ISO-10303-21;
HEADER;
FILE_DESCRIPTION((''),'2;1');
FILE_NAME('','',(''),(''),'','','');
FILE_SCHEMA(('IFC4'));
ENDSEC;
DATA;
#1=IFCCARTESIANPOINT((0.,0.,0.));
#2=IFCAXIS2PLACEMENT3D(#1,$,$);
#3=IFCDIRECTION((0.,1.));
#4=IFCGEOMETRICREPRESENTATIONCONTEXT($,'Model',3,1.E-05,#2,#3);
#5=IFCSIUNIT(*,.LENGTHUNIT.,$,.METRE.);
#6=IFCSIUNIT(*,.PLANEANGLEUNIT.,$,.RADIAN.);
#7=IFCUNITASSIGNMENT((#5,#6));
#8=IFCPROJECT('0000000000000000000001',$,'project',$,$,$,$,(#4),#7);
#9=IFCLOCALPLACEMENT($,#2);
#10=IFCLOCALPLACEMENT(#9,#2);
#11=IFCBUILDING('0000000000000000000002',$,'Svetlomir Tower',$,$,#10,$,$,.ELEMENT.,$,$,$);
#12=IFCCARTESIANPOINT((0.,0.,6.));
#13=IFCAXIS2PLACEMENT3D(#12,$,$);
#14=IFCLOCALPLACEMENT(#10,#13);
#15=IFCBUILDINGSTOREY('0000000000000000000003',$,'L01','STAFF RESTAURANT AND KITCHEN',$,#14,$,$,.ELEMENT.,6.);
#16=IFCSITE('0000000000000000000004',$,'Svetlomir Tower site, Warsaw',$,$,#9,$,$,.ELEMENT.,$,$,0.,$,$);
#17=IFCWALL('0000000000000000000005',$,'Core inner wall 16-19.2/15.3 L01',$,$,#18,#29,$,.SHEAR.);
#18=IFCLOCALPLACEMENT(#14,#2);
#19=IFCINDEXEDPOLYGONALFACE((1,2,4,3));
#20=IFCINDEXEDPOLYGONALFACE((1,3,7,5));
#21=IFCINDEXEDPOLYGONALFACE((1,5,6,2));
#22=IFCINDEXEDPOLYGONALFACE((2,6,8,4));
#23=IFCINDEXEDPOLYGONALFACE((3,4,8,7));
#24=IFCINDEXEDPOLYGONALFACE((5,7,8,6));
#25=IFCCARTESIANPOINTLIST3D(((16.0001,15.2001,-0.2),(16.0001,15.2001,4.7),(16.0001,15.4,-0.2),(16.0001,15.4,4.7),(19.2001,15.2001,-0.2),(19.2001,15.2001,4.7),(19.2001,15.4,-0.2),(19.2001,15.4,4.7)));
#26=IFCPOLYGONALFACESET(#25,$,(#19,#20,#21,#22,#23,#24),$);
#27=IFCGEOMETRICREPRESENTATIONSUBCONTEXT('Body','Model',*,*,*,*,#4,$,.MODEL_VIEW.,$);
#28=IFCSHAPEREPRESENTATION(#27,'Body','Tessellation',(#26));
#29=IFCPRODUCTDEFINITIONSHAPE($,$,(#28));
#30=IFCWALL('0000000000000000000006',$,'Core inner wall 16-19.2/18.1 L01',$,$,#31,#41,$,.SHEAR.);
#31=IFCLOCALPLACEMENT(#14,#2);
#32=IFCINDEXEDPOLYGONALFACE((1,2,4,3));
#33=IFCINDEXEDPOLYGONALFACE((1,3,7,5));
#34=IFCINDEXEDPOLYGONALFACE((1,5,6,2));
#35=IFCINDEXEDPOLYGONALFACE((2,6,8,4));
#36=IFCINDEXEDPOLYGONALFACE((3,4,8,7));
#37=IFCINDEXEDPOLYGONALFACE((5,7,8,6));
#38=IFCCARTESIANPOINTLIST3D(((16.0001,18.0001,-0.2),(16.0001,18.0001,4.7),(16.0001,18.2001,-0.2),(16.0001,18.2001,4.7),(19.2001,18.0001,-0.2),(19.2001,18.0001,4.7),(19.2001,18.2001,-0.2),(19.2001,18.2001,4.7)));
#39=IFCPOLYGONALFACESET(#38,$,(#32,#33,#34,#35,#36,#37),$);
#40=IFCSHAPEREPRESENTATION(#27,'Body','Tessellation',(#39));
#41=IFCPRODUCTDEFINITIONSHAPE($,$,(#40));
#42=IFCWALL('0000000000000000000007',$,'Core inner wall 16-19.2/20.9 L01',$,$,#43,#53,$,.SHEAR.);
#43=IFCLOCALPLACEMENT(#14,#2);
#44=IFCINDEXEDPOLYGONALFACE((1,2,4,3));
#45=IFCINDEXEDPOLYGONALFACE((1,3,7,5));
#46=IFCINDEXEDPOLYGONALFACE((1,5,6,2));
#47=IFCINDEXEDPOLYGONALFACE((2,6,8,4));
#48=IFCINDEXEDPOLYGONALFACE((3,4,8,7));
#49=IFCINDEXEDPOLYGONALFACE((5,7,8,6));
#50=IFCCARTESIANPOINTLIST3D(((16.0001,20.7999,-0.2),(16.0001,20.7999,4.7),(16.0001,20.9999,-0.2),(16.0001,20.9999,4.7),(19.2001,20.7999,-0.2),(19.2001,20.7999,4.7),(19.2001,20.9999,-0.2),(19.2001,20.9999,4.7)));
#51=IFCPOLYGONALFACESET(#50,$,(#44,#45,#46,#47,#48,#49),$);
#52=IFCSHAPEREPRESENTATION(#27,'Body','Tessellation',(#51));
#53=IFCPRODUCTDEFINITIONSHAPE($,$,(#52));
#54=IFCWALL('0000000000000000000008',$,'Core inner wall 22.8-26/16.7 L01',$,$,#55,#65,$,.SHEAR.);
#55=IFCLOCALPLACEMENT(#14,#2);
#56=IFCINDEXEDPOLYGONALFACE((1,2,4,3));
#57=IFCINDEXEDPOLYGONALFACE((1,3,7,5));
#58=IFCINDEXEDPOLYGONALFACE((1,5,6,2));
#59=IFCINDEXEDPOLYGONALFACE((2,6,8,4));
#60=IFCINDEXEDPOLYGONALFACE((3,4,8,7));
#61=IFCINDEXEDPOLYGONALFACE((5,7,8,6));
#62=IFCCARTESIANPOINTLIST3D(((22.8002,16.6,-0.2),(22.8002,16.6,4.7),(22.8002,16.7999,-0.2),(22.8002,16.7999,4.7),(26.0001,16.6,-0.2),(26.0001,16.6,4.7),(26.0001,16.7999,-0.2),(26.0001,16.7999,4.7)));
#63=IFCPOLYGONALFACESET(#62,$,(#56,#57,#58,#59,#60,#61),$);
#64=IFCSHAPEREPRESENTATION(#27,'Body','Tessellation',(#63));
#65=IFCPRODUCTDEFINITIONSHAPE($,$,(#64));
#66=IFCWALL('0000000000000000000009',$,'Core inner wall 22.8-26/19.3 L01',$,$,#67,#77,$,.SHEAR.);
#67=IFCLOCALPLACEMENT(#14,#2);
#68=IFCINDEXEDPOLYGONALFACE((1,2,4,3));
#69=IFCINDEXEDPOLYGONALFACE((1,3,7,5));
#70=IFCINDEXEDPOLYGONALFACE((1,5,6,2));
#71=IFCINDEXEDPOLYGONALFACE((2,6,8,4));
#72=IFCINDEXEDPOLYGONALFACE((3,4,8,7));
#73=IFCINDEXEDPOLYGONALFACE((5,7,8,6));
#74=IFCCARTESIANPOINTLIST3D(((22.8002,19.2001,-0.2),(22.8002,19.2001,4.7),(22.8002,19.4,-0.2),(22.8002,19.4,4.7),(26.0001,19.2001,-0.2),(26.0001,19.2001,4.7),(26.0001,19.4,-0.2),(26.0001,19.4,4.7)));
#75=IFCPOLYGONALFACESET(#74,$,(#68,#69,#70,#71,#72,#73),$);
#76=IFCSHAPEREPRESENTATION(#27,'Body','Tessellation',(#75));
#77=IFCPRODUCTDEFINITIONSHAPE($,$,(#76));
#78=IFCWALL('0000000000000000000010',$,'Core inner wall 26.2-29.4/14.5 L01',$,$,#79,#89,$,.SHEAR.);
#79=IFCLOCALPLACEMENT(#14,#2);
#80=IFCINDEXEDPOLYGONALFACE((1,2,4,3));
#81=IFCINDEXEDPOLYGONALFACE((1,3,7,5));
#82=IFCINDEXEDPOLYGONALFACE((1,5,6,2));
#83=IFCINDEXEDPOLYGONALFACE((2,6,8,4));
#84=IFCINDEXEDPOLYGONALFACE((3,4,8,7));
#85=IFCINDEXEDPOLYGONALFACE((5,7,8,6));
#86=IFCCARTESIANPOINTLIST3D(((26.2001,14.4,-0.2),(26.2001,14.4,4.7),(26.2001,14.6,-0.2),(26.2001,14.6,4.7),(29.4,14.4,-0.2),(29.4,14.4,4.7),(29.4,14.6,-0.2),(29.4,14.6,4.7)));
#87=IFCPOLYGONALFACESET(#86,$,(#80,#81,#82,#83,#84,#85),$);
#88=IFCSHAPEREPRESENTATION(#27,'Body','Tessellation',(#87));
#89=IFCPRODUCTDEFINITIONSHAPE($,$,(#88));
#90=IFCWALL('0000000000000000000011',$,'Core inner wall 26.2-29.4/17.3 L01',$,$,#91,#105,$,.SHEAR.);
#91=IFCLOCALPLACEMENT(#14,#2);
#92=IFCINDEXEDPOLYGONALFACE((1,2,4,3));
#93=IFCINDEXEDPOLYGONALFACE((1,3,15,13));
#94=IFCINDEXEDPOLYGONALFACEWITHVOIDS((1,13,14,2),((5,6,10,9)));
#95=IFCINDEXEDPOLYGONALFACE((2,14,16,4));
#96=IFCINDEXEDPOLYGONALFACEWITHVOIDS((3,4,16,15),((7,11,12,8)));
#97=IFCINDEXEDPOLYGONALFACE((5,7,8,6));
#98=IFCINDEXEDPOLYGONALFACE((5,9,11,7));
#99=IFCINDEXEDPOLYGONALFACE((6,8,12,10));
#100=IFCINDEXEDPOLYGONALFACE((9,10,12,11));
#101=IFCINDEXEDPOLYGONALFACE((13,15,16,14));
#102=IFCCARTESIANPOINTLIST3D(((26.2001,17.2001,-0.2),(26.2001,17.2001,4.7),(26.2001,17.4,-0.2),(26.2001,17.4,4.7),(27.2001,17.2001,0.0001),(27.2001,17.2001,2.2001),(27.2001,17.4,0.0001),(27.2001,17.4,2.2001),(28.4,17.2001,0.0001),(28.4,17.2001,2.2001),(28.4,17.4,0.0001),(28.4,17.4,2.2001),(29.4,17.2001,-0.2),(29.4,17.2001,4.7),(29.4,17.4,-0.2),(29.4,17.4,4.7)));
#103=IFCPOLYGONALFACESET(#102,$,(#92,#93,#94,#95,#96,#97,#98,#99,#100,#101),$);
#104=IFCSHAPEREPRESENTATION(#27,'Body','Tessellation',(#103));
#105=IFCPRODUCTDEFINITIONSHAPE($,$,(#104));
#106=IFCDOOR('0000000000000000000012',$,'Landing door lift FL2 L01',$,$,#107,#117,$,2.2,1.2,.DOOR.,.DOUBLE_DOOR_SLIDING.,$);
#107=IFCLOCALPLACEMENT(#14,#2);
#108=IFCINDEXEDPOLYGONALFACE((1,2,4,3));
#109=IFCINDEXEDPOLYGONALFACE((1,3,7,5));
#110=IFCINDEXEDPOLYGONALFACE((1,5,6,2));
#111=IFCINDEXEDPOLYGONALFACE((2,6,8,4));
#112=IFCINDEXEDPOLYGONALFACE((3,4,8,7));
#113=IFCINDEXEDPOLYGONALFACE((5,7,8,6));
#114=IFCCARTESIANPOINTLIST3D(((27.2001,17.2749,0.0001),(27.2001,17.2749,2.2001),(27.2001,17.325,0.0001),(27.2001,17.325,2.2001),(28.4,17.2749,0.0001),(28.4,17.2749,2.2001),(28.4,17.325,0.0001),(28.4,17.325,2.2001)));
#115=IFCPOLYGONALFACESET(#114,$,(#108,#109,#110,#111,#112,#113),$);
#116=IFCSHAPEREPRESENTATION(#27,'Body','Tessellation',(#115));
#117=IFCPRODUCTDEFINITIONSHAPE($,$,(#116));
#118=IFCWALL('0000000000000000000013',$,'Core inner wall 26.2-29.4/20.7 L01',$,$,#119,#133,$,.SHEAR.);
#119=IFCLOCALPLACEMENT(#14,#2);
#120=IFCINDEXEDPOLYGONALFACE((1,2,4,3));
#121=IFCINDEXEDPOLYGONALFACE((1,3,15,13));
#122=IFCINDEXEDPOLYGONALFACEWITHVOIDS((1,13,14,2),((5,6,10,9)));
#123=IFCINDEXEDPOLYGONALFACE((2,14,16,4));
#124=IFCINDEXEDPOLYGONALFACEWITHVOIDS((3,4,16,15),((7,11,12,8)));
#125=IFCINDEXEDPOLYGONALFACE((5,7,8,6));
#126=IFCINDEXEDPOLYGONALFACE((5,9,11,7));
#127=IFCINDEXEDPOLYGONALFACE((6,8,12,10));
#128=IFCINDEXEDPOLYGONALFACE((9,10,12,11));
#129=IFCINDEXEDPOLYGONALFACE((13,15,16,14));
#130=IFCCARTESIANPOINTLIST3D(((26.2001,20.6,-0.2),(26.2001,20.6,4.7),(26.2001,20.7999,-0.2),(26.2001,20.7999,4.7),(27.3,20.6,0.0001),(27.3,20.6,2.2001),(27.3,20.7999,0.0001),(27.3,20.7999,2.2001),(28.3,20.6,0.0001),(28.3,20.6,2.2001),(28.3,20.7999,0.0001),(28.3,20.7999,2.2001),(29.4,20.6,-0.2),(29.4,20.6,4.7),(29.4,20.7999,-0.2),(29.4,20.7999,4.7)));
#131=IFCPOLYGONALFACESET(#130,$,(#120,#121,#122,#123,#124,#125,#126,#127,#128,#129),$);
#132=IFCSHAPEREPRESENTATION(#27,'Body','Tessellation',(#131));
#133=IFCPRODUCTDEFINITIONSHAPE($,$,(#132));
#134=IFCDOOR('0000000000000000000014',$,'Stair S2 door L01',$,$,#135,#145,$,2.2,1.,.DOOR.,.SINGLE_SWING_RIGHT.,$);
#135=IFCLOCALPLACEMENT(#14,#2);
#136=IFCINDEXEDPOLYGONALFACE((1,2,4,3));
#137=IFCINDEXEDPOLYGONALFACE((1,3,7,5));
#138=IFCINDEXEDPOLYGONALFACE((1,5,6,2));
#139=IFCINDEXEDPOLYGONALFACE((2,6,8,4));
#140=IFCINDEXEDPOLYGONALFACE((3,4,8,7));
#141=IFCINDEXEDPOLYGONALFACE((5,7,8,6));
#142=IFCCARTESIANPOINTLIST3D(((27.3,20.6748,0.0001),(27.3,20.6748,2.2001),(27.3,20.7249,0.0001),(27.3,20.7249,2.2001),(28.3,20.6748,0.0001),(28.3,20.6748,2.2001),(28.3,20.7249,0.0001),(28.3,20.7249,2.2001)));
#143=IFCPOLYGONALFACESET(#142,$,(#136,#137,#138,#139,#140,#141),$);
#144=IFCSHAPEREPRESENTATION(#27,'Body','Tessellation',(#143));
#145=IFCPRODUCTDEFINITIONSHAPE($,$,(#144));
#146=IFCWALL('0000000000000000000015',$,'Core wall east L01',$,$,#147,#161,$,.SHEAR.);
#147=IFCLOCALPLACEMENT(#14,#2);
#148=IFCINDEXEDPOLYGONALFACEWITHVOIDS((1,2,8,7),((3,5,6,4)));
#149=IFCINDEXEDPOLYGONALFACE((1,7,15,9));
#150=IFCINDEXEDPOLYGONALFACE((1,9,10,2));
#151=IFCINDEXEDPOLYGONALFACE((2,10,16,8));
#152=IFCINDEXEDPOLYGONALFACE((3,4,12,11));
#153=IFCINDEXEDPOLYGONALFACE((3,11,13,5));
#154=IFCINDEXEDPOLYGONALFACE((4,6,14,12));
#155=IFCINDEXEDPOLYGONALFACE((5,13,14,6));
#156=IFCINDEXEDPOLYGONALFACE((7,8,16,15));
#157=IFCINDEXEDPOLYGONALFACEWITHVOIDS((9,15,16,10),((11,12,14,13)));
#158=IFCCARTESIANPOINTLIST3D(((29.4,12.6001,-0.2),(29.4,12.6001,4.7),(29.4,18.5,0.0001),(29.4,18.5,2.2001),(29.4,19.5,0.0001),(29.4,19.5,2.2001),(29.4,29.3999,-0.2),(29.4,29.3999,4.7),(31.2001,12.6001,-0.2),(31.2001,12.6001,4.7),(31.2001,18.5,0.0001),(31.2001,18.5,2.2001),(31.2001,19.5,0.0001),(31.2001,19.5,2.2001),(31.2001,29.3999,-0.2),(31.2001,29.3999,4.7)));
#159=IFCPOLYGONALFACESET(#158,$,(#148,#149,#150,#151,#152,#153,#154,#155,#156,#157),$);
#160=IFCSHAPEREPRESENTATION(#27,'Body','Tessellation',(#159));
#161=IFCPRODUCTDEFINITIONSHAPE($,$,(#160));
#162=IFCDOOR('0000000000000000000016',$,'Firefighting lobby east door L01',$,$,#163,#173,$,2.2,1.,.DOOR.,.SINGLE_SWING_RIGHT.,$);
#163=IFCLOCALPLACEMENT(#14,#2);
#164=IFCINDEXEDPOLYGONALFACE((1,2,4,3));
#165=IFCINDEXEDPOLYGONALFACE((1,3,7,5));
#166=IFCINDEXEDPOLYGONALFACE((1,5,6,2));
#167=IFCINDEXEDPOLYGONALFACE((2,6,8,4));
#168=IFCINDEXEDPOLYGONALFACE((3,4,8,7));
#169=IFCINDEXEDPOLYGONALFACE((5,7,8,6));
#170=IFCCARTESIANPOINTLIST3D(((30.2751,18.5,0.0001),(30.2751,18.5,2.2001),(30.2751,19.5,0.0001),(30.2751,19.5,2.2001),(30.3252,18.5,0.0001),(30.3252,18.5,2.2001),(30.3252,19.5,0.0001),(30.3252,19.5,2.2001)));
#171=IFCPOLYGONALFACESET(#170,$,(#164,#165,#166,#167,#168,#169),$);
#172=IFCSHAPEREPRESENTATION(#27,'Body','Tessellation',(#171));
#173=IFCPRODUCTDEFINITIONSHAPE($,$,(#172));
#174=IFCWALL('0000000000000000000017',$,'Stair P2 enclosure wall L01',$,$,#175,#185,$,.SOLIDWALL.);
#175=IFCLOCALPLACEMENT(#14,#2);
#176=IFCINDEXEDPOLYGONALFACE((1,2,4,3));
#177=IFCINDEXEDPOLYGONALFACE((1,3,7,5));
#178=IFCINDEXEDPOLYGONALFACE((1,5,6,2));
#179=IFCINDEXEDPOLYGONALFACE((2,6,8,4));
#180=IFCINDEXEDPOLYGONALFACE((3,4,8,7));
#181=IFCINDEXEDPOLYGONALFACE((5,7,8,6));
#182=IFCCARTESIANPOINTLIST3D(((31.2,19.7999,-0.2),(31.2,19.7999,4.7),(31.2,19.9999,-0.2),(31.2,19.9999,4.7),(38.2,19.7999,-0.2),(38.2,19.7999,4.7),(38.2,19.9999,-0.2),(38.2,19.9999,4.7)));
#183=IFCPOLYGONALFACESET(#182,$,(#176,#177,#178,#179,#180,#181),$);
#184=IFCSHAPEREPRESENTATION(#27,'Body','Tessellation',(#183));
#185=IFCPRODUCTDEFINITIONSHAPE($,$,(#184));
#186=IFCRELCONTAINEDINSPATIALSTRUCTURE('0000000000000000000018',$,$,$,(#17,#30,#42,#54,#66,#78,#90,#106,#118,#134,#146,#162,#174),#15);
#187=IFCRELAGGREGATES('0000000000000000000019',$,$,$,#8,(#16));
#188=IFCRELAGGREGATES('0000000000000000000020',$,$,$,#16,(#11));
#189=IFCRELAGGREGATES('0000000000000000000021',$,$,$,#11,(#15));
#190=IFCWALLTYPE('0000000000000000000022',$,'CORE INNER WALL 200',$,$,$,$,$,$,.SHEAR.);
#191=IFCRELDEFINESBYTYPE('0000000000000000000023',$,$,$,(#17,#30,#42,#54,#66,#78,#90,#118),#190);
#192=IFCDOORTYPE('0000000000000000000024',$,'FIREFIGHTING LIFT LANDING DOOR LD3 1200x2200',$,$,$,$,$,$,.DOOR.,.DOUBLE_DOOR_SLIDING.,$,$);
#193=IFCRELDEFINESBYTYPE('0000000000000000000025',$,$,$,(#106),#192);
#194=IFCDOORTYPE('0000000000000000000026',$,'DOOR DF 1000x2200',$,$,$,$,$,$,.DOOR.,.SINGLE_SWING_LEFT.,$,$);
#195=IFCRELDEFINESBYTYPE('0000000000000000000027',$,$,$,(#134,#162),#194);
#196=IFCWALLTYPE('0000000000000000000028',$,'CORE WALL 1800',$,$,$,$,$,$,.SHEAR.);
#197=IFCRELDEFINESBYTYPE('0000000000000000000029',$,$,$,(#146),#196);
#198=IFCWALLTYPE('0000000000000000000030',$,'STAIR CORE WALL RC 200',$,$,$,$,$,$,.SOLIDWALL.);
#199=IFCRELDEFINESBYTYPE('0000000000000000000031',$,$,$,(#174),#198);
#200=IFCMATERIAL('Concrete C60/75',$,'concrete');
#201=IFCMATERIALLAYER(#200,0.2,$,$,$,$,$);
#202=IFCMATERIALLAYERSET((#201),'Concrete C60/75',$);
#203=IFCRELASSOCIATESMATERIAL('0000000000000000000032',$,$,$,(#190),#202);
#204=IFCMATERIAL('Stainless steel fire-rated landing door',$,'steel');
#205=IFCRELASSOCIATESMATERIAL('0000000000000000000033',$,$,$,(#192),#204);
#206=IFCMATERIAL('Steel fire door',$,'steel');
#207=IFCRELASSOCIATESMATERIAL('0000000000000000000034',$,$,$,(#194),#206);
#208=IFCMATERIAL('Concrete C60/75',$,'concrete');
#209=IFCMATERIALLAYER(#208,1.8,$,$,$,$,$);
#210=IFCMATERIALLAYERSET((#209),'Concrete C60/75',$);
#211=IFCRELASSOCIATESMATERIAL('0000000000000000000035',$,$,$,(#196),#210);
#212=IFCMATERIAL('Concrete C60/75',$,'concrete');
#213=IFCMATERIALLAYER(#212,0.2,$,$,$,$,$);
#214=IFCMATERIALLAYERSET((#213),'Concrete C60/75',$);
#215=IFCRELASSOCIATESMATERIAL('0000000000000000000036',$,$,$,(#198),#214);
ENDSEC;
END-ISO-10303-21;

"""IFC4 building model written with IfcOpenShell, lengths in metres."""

from ifc_helpers import new_model, si_unit, direction, frame, frame_2d, origin, place, context, subcontext, project, spatial, rectangle, extrude, material, layer, layer_set, type_object, element, fill, save


model = new_model("IFC4")

# Units and contexts
model_context = context("Model", 3, precision=1e-05, world=origin(), true_north=direction((0.0, 1.0)))
body_context = subcontext(model_context, "Body", "Model", "MODEL_VIEW")
ifc_project = project(units=[si_unit("LENGTHUNIT", "METRE"), si_unit("PLANEANGLEUNIT", "RADIAN")], contexts=[model_context])

# Site, building, storey
site_placement = place(None, origin())
site = spatial("IfcSite", under=ifc_project, at=site_placement, Name="Svetlomir Tower site, Warsaw", CompositionType="ELEMENT", RefElevation=0.0)
building_placement = place(site_placement, origin())
building = spatial("IfcBuilding", under=site, at=building_placement, Name="Svetlomir Tower", CompositionType="ELEMENT")
storey_placement = place(building_placement, frame((0.0, 0.0, 6.0)))
storey = spatial("IfcBuildingStorey", under=building, at=storey_placement, Name="L01", Description="STAFF RESTAURANT AND KITCHEN", CompositionType="ELEMENT", Elevation=6.0)

# Walls
ifc_material_1 = material(Name="Concrete C60/75", Category="concrete")
ifc_layer_1 = layer(ifc_material_1, 0.2)
ifc_layer_set_1 = layer_set([ifc_layer_1], Name="Concrete C60/75")
wall_type_1 = type_object("IfcWallType", Name="CORE INNER WALL 200", PredefinedType="SHEAR", material=ifc_layer_set_1)
for number, where, z_axis, x_axis, name in (
    (1, (16.0, 15.3, -0.2), (0.0, 0.0, 1.0), (1.0, 0.0, 0.0), "Core inner wall 16-19.2/15.3 L01"),
    (2, (16.0, 18.1001, -0.2), (0.0, 0.0, 1.0), (1.0, 0.0, 0.0), "Core inner wall 16-19.2/18.1 L01"),
    (3, (16.0, 20.8999, -0.2), (0.0, 0.0, 1.0), (1.0, 0.0, 0.0), "Core inner wall 16-19.2/20.9 L01"),
    (4, (22.8, 16.7, -0.2), (0.0, 0.0, 1.0), (1.0, 0.0, 0.0), "Core inner wall 22.8-26/16.7 L01"),
    (5, (22.8, 19.3, -0.2), (0.0, 0.0, 1.0), (1.0, 0.0, 0.0), "Core inner wall 22.8-26/19.3 L01"),
    (6, (26.2, 14.5, -0.2), (0.0, 0.0, 1.0), (1.0, 0.0, 0.0), "Core inner wall 26.2-29.4/14.5 L01"),
):
    element("IfcWall", number, at=place(storey_placement, frame(where, z_axis=z_axis, x_axis=x_axis)), inside=storey, type_object=wall_type_1, Name=name, PredefinedType="SHEAR", context=body_context, shape_type="SweptSolid", body=[
        extrude(rectangle(XDim=3.2, YDim=0.2, at=frame_2d((1.6001, 0.0))), origin(), (0.0, 0.0, 1.0), 4.8999),
    ])

# Walls, openings, doors
wall_1_placement = place(storey_placement, frame((26.2, 17.3, -0.2), z_axis=(0.0, 0.0, 1.0), x_axis=(1.0, 0.0, 0.0)))
wall_1 = element("IfcWall", 7, at=wall_1_placement, inside=storey, type_object=wall_type_1, Name="Core inner wall 26.2-29.4/17.3 L01", PredefinedType="SHEAR", context=body_context, shape_type="SweptSolid", body=[
    extrude(rectangle(XDim=3.2, YDim=0.2, at=frame_2d((1.6001, 0.0))), origin(), (0.0, 0.0, 1.0), 4.8999),
])
opening_1_placement = place(wall_1_placement, frame((1.0, 0.0, 0.2)))
opening_1 = element("IfcOpeningElement", 8, at=opening_1_placement, cuts=wall_1, PredefinedType="OPENING", context=body_context, shape_type="SweptSolid", body=[
    extrude(rectangle(XDim=1.2, YDim=2.2, at=frame_2d((0.6001, 1.1001))), frame((0.0, 0.1099, 0.0), z_axis=(0.0, -1.0, 0.0), x_axis=(1.0, 0.0, 0.0)), (0.0, 0.0, 1.0), 0.22),
])
ifc_material_2 = material(Name="Stainless steel fire-rated landing door", Category="steel")
door_type_1 = type_object("IfcDoorType", Name="FIREFIGHTING LIFT LANDING DOOR LD3 1200x2200", OperationType="DOUBLE_DOOR_SLIDING", PredefinedType="DOOR", material=ifc_material_2)
door_1_placement = place(opening_1_placement, origin())
door_1 = element("IfcDoor", 9, at=door_1_placement, inside=storey, type_object=door_type_1, Name="Landing door lift FL2 L01", OperationType="DOUBLE_DOOR_SLIDING", OverallHeight=2.2, OverallWidth=1.2, PredefinedType="DOOR", context=body_context, shape_type="SweptSolid", body=[
    extrude(rectangle(XDim=1.2, YDim=2.2, at=frame_2d((0.6001, 1.1001))), frame((0.0, 0.0249, 0.0), z_axis=(0.0, -1.0, 0.0), x_axis=(1.0, 0.0, 0.0)), (0.0, 0.0, 1.0), 0.05),
])
fill(opening_1, door_1)
wall_2_placement = place(storey_placement, frame((26.2, 20.7, -0.2), z_axis=(0.0, 0.0, 1.0), x_axis=(1.0, 0.0, 0.0)))
wall_2 = element("IfcWall", 10, at=wall_2_placement, inside=storey, type_object=wall_type_1, Name="Core inner wall 26.2-29.4/20.7 L01", PredefinedType="SHEAR", context=body_context, shape_type="SweptSolid", body=[
    extrude(rectangle(XDim=3.2, YDim=0.2, at=frame_2d((1.6001, 0.0))), origin(), (0.0, 0.0, 1.0), 4.8999),
])
opening_2_placement = place(wall_2_placement, frame((1.1001, 0.0, 0.2)))
opening_2 = element("IfcOpeningElement", 11, at=opening_2_placement, cuts=wall_2, PredefinedType="OPENING", context=body_context, shape_type="SweptSolid", body=[
    extrude(rectangle(XDim=1.0, YDim=2.2, at=frame_2d((0.5, 1.1001))), frame((0.0, 0.1099, 0.0), z_axis=(0.0, -1.0, 0.0), x_axis=(1.0, 0.0, 0.0)), (0.0, 0.0, 1.0), 0.22),
])
ifc_material_3 = material(Name="Steel fire door", Category="steel")
door_type_2 = type_object("IfcDoorType", Name="DOOR DF 1000x2200", OperationType="SINGLE_SWING_LEFT", PredefinedType="DOOR", material=ifc_material_3)
door_2_placement = place(opening_2_placement, origin())
door_2 = element("IfcDoor", 12, at=door_2_placement, inside=storey, type_object=door_type_2, Name="Stair S2 door L01", OperationType="SINGLE_SWING_RIGHT", OverallHeight=2.2, OverallWidth=1.0, PredefinedType="DOOR", context=body_context, shape_type="SweptSolid", body=[
    extrude(rectangle(XDim=1.0, YDim=2.2, at=frame_2d((0.5, 1.1001))), frame((0.0, 0.0249, 0.0), z_axis=(0.0, -1.0, 0.0), x_axis=(1.0, 0.0, 0.0)), (0.0, 0.0, 1.0), 0.05),
])
fill(opening_2, door_2)
ifc_material_4 = material(Name="Concrete C60/75", Category="concrete")
ifc_layer_2 = layer(ifc_material_4, 1.8)
ifc_layer_set_2 = layer_set([ifc_layer_2], Name="Concrete C60/75")
wall_type_2 = type_object("IfcWallType", Name="CORE WALL 1800", PredefinedType="SHEAR", material=ifc_layer_set_2)
wall_3_placement = place(storey_placement, frame((30.3, 12.6001, -0.2), z_axis=(0.0, 0.0, 1.0), x_axis=(0.0, 1.0, 0.0)))
wall_3 = element("IfcWall", 13, at=wall_3_placement, inside=storey, type_object=wall_type_2, Name="Core wall east L01", PredefinedType="SHEAR", context=body_context, shape_type="SweptSolid", body=[
    extrude(rectangle(XDim=16.7998, YDim=1.8, at=frame_2d((8.3999, 0.0))), origin(), (0.0, 0.0, 1.0), 4.8999),
])
opening_3_placement = place(wall_3_placement, frame((5.8999, 0.0, 0.2)))
opening_3 = element("IfcOpeningElement", 14, at=opening_3_placement, cuts=wall_3, PredefinedType="OPENING", context=body_context, shape_type="SweptSolid", body=[
    extrude(rectangle(XDim=1.0, YDim=2.2, at=frame_2d((0.5, 1.1001))), frame((0.0, 0.9102, 0.0), z_axis=(0.0, -1.0, 0.0), x_axis=(1.0, 0.0, 0.0)), (0.0, 0.0, 1.0), 1.8201),
])
door_3_placement = place(opening_3_placement, origin())
door_3 = element("IfcDoor", 15, at=door_3_placement, inside=storey, type_object=door_type_2, Name="Firefighting lobby east door L01", OperationType="SINGLE_SWING_RIGHT", OverallHeight=2.2, OverallWidth=1.0, PredefinedType="DOOR", context=body_context, shape_type="SweptSolid", body=[
    extrude(rectangle(XDim=1.0, YDim=2.2, at=frame_2d((0.5, 1.1001))), frame((0.0, 0.0249, 0.0), z_axis=(0.0, -1.0, 0.0), x_axis=(1.0, 0.0, 0.0)), (0.0, 0.0, 1.0), 0.05),
])
fill(opening_3, door_3)

# Wall
ifc_material_5 = material(Name="Concrete C60/75", Category="concrete")
ifc_layer_3 = layer(ifc_material_5, 0.2)
ifc_layer_set_3 = layer_set([ifc_layer_3], Name="Concrete C60/75")
wall_type_3 = type_object("IfcWallType", Name="STAIR CORE WALL RC 200", PredefinedType="SOLIDWALL", material=ifc_layer_set_3)
wall_4_placement = place(storey_placement, frame((31.2, 19.8999, -0.2), z_axis=(0.0, 0.0, 1.0), x_axis=(1.0, 0.0, 0.0)))
element("IfcWall", 16, at=wall_4_placement, inside=storey, type_object=wall_type_3, Name="Stair P2 enclosure wall L01", PredefinedType="SOLIDWALL", context=body_context, shape_type="SweptSolid", body=[
    extrude(rectangle(XDim=7.0, YDim=0.2, at=frame_2d((3.5, 0.0))), origin(), (0.0, 0.0, 1.0), 4.8999),
])

save(model, "model.ifc")
